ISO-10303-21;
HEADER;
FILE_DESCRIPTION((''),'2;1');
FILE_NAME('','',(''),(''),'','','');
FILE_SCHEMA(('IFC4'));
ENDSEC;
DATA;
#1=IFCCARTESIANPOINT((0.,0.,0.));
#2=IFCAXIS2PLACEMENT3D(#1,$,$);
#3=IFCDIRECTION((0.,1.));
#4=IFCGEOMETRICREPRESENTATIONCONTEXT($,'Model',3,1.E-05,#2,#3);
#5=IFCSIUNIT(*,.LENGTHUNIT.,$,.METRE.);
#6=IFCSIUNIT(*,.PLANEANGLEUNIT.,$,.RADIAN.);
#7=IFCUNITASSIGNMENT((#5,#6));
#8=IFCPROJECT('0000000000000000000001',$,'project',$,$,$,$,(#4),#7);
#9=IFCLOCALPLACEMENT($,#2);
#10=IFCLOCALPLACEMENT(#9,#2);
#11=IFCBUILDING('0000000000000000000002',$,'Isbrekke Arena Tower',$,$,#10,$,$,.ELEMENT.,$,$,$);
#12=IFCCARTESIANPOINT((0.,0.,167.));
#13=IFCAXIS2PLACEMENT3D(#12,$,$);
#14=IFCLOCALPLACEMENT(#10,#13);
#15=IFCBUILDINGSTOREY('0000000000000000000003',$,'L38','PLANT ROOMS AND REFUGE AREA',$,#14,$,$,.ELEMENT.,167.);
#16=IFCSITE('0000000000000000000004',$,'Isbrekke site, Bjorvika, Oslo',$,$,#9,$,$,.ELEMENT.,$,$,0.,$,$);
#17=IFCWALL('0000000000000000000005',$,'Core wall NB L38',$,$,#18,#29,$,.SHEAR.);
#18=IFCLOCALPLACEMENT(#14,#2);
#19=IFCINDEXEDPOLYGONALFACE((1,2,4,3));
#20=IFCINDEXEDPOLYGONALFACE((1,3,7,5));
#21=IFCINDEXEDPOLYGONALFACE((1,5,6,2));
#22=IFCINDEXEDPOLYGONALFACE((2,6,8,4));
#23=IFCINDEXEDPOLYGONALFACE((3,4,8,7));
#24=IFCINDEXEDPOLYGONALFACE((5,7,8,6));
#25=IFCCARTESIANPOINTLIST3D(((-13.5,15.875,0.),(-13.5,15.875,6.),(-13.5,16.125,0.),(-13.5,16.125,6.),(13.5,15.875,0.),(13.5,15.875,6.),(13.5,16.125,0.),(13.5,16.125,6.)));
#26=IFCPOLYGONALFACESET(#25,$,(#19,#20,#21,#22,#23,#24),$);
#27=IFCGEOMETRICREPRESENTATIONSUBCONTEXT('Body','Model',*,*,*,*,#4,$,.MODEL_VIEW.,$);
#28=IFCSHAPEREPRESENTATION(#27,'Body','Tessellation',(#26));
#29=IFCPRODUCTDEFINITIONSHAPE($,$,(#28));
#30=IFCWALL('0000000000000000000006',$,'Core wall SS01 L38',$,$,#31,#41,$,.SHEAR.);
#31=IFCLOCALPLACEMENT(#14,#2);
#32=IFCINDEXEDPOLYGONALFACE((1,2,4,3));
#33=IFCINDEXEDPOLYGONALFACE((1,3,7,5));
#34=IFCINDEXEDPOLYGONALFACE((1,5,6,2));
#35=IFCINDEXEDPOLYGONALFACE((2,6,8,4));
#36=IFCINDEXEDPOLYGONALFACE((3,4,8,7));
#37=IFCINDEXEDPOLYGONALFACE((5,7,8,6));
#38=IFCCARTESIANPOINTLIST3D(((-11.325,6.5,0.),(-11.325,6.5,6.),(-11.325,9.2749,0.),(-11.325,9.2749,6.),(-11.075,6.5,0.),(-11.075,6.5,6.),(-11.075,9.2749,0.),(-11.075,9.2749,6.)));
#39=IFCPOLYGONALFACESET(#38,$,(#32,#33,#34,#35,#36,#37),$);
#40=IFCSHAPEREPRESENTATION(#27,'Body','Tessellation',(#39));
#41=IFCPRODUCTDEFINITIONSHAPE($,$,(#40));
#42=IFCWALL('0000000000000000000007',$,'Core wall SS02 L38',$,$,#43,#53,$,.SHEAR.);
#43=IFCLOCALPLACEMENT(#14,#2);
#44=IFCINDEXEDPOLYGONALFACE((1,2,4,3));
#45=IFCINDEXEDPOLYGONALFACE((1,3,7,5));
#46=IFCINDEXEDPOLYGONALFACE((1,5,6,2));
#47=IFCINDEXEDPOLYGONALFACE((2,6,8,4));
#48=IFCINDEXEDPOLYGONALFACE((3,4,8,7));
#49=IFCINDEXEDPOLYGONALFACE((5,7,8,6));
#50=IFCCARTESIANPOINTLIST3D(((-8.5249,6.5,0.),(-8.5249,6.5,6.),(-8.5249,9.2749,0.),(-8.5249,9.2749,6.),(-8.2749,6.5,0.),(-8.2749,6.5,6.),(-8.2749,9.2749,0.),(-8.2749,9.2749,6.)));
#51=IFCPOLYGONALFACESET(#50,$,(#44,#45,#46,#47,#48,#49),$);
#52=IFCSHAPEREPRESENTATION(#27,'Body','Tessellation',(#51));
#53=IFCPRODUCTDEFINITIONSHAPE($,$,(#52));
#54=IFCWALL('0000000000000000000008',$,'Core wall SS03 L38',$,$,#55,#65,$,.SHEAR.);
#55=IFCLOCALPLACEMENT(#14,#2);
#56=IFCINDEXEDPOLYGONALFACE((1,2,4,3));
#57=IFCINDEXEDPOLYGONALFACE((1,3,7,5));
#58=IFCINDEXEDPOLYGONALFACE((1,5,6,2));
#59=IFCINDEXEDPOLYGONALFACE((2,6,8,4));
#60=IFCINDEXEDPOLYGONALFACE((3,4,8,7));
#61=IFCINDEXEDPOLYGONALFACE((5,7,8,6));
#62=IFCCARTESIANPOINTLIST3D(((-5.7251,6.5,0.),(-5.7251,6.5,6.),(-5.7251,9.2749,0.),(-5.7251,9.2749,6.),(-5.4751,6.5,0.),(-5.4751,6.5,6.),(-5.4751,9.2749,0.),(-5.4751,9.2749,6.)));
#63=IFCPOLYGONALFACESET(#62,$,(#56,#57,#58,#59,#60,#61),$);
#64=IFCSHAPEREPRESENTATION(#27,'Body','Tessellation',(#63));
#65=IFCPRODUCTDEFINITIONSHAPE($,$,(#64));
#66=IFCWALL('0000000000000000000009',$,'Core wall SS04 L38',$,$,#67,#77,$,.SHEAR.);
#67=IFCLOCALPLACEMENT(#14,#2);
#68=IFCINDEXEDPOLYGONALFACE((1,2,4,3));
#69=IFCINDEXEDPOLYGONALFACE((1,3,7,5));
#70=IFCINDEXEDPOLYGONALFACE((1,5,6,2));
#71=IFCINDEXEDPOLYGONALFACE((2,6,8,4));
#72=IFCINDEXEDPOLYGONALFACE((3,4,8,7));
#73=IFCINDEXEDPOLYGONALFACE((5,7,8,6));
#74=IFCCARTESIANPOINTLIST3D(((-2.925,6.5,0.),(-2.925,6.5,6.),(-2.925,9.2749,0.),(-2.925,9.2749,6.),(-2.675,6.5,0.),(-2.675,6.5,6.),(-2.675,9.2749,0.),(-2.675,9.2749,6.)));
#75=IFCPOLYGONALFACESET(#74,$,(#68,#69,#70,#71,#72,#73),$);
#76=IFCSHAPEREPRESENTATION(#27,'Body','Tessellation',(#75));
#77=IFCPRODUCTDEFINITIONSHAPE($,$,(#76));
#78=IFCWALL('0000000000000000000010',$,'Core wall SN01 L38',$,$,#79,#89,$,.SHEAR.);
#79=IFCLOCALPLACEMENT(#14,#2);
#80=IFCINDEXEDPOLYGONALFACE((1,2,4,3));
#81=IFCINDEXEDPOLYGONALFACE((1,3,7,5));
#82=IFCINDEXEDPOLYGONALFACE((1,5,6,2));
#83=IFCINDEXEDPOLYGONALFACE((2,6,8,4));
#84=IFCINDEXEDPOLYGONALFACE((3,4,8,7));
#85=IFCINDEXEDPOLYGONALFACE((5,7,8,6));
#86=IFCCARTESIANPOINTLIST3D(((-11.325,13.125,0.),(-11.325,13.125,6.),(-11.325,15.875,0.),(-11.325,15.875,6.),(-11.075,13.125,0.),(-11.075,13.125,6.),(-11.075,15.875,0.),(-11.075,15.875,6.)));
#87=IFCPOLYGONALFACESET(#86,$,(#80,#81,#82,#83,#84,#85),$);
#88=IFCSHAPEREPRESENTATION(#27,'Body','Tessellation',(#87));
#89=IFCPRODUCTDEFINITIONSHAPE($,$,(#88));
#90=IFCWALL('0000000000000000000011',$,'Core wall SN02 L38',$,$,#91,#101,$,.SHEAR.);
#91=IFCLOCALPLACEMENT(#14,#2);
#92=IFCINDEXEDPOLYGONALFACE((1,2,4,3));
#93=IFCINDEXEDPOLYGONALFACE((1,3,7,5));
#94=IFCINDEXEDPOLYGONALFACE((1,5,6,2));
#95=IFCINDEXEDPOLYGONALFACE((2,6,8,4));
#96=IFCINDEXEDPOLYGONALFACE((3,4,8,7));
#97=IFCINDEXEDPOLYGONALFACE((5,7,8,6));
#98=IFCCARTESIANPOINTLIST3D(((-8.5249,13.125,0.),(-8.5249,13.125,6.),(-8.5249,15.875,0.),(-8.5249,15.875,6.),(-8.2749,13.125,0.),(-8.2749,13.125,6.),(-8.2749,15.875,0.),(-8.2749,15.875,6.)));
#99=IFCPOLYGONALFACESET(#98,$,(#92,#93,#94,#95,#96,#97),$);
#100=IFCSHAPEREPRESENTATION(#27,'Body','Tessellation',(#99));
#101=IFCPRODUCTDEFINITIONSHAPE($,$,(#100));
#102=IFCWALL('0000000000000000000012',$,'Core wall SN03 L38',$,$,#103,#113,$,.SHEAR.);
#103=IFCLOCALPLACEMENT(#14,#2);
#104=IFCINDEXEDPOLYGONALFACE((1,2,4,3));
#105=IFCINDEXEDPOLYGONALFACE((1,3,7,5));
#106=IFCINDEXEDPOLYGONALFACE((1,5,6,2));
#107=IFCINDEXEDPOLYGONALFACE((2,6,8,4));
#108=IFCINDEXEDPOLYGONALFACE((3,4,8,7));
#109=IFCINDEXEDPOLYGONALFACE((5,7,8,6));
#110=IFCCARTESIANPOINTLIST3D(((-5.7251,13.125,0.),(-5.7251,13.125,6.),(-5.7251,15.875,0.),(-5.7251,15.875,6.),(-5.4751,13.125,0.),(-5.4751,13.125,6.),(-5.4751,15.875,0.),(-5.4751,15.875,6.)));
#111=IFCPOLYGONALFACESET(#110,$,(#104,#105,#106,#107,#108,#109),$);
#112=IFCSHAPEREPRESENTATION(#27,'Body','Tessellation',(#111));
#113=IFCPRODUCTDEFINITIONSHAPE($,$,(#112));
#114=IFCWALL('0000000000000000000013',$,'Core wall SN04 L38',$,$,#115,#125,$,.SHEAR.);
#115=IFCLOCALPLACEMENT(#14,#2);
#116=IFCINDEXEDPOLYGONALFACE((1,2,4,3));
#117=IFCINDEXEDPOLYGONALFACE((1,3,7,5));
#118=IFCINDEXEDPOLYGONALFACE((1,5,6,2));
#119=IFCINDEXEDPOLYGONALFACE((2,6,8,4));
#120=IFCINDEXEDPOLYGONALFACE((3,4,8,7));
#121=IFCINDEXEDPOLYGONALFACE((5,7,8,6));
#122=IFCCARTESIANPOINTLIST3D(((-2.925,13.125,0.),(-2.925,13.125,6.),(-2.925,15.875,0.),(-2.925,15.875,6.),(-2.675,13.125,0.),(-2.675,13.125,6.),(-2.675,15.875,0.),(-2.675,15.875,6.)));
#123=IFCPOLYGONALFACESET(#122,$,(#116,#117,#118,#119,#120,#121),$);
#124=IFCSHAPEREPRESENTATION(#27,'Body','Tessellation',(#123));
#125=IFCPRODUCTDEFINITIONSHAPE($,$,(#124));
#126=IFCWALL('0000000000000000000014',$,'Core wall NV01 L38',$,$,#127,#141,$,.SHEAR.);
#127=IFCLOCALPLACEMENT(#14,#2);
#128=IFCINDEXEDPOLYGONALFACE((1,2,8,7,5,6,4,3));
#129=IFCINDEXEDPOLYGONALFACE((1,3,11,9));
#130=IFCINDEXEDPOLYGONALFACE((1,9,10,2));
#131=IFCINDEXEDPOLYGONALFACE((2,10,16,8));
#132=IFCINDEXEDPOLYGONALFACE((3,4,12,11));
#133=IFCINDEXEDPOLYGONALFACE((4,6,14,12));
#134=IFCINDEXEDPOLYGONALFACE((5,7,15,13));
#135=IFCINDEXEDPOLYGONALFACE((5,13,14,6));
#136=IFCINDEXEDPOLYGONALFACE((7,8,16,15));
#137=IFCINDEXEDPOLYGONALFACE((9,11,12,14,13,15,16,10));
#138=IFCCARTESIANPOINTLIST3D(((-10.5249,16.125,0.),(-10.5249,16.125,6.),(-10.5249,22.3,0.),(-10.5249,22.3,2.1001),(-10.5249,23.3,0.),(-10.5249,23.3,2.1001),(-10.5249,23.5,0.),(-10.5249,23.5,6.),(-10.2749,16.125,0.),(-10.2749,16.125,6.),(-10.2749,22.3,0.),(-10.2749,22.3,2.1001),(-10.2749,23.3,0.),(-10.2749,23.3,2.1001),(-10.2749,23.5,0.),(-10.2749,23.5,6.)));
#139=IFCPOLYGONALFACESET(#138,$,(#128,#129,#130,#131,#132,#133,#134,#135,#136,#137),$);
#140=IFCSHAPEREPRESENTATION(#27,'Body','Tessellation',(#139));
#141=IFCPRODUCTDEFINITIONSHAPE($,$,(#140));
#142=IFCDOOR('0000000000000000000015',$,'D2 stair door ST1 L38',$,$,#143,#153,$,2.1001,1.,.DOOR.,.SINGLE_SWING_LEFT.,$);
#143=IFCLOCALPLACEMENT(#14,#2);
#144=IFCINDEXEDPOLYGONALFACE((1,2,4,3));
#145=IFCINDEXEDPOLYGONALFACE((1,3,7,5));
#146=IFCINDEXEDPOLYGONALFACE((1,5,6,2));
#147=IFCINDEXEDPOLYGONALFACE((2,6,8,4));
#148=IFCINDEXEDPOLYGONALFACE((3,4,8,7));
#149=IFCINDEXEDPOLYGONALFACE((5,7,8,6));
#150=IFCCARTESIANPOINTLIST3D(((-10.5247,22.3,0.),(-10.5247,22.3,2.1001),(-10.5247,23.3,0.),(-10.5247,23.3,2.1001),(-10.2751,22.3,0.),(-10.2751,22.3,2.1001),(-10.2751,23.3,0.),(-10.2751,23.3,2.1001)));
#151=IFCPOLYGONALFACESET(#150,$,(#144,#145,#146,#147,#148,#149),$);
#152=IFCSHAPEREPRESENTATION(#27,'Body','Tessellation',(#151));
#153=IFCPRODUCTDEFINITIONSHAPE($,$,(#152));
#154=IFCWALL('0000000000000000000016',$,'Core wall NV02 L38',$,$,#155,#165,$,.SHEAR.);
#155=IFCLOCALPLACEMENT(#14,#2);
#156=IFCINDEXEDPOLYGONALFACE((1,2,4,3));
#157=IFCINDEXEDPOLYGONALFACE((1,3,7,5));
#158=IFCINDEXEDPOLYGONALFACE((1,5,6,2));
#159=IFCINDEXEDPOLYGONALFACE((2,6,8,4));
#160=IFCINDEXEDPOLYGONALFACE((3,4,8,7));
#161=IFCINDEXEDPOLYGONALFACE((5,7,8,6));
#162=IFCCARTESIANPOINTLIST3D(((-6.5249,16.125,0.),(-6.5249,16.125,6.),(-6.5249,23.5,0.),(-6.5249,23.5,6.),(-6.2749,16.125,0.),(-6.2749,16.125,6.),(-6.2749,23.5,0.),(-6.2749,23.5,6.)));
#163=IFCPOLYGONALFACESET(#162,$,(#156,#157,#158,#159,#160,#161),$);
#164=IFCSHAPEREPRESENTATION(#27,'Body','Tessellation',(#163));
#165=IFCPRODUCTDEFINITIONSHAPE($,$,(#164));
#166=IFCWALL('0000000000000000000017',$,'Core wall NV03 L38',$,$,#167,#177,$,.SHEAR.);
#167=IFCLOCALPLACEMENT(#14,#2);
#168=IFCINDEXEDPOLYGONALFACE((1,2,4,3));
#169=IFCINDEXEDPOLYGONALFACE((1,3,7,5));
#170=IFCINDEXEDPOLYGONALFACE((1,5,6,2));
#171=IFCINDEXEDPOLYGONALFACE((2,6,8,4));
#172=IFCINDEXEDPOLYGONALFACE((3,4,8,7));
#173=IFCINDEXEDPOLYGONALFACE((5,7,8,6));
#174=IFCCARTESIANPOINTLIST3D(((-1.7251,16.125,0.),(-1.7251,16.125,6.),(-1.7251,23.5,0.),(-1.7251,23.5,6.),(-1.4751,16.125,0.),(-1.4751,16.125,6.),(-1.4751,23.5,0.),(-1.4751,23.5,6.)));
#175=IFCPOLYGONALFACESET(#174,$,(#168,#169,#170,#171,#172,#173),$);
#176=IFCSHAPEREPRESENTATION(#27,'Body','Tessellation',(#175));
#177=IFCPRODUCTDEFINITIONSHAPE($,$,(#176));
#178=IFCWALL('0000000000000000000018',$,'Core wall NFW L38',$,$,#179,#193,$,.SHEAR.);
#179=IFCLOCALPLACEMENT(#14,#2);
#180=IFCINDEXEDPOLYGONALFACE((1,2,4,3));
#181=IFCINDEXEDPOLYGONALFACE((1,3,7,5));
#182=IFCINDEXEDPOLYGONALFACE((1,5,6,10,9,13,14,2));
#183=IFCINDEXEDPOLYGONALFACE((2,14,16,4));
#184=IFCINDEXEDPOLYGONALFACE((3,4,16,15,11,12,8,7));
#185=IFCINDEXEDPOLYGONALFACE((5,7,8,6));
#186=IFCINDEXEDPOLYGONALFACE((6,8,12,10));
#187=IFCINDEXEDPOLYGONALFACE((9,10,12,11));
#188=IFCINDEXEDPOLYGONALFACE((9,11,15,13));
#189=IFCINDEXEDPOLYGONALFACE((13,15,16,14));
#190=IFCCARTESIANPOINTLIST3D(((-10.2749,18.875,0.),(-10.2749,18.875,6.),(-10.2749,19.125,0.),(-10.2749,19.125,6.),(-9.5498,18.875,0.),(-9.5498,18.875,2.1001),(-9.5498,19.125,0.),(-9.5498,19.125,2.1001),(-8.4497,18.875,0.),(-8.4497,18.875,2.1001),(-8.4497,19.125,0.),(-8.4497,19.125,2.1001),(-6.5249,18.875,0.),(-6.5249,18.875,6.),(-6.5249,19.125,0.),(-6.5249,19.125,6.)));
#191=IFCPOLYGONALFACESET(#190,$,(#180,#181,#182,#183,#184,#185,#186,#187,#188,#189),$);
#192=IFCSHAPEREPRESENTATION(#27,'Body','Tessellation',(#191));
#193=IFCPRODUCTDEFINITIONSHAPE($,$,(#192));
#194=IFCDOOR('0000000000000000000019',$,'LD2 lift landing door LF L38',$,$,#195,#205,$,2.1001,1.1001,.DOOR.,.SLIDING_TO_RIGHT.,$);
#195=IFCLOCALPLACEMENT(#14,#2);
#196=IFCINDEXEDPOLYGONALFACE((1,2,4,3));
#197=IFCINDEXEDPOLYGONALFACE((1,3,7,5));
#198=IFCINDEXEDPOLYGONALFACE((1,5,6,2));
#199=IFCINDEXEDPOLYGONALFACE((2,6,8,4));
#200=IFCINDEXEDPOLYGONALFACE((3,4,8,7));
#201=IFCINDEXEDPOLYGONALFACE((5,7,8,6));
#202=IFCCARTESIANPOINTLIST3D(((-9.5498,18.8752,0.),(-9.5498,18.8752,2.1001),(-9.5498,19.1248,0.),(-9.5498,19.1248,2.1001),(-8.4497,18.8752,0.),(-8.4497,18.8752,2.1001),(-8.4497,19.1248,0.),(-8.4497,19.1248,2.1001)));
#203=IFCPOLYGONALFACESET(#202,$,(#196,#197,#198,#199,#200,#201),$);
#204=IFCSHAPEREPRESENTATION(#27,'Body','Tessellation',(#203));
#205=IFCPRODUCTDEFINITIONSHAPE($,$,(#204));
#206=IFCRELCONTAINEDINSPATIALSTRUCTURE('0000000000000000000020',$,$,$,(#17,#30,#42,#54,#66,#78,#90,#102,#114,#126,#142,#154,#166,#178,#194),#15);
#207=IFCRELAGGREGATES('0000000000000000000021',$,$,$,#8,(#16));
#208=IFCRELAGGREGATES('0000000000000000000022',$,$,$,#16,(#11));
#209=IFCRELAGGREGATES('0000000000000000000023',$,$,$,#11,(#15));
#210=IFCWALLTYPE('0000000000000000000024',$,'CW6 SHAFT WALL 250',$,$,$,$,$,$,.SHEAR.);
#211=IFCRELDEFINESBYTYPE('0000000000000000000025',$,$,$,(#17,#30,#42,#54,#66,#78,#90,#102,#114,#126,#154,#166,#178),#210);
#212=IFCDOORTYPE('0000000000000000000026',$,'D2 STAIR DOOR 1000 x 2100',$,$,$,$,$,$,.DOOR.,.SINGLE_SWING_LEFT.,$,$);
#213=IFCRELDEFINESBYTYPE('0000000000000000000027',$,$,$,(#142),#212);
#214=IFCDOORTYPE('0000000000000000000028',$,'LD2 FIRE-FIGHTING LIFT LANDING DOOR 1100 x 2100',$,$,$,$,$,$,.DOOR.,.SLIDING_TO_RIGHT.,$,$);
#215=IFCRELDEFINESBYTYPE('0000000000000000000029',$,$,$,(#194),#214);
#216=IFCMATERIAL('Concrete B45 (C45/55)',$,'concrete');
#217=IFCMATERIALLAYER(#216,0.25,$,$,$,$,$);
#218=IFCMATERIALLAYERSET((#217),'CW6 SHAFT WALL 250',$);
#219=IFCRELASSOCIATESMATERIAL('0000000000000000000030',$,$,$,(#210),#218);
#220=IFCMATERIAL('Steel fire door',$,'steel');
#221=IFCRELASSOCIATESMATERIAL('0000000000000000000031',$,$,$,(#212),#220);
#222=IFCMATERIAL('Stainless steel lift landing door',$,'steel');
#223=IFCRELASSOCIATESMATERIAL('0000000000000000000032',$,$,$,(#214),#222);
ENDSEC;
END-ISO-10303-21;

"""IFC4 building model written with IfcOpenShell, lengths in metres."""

from ifc_helpers import new_model, si_unit, direction, frame, frame_2d, origin, place, context, subcontext, project, spatial, rectangle, extrude, material, layer, layer_set, type_object, element, fill, save


model = new_model("IFC4")

# Units and contexts
model_context = context("Model", 3, precision=1e-05, world=origin(), true_north=direction((0.0, 1.0)))
body_context = subcontext(model_context, "Body", "Model", "MODEL_VIEW")
ifc_project = project(units=[si_unit("LENGTHUNIT", "METRE"), si_unit("PLANEANGLEUNIT", "RADIAN")], contexts=[model_context])

# Site, building, storey
site_placement = place(None, origin())
site = spatial("IfcSite", under=ifc_project, at=site_placement, Name="Isbrekke site, Bjorvika, Oslo", CompositionType="ELEMENT", RefElevation=0.0)
building_placement = place(site_placement, origin())
building = spatial("IfcBuilding", under=site, at=building_placement, Name="Isbrekke Arena Tower", CompositionType="ELEMENT")
storey_placement = place(building_placement, frame((0.0, 0.0, 167.0)))
storey = spatial("IfcBuildingStorey", under=building, at=storey_placement, Name="L38", Description="PLANT ROOMS AND REFUGE AREA", CompositionType="ELEMENT", Elevation=167.0)

# Walls
ifc_material_1 = material(Name="Concrete B45 (C45/55)", Category="concrete")
ifc_layer_1 = layer(ifc_material_1, 0.25)
ifc_layer_set_1 = layer_set([ifc_layer_1], Name="CW6 SHAFT WALL 250")
wall_type_1 = type_object("IfcWallType", Name="CW6 SHAFT WALL 250", PredefinedType="SHEAR", material=ifc_layer_set_1)
for number, where, z_axis, x_axis, name in (
    (1, (-13.5, 16.0, 0.0), (0.0, 0.0, 1.0), (1.0, 0.0, 0.0), "Core wall NB L38"),
):
    element("IfcWall", number, at=place(storey_placement, frame(where, z_axis=z_axis, x_axis=x_axis)), inside=storey, type_object=wall_type_1, Name=name, PredefinedType="SHEAR", context=body_context, shape_type="SweptSolid", body=[
        extrude(rectangle(XDim=27.0, YDim=0.25, at=frame_2d((13.5, 0.0))), origin(), (0.0, 0.0, 1.0), 6.0),
    ])
for number, where, z_axis, x_axis, name in (
    (2, (-11.2, 6.5, 0.0), (0.0, 0.0, 1.0), (0.0, 1.0, 0.0), "Core wall SS01 L38"),
    (3, (-8.3999, 6.5, 0.0), (0.0, 0.0, 1.0), (0.0, 1.0, 0.0), "Core wall SS02 L38"),
    (4, (-5.6001, 6.5, 0.0), (0.0, 0.0, 1.0), (0.0, 1.0, 0.0), "Core wall SS03 L38"),
    (5, (-2.8, 6.5, 0.0), (0.0, 0.0, 1.0), (0.0, 1.0, 0.0), "Core wall SS04 L38"),
):
    element("IfcWall", number, at=place(storey_placement, frame(where, z_axis=z_axis, x_axis=x_axis)), inside=storey, type_object=wall_type_1, Name=name, PredefinedType="SHEAR", context=body_context, shape_type="SweptSolid", body=[
        extrude(rectangle(XDim=2.7749, YDim=0.25, at=frame_2d((1.3875, 0.0))), origin(), (0.0, 0.0, 1.0), 6.0),
    ])
for number, where, z_axis, x_axis, name in (
    (6, (-11.2, 13.125, 0.0), (0.0, 0.0, 1.0), (0.0, 1.0, 0.0), "Core wall SN01 L38"),
    (7, (-8.3999, 13.125, 0.0), (0.0, 0.0, 1.0), (0.0, 1.0, 0.0), "Core wall SN02 L38"),
    (8, (-5.6001, 13.125, 0.0), (0.0, 0.0, 1.0), (0.0, 1.0, 0.0), "Core wall SN03 L38"),
    (9, (-2.8, 13.125, 0.0), (0.0, 0.0, 1.0), (0.0, 1.0, 0.0), "Core wall SN04 L38"),
):
    element("IfcWall", number, at=place(storey_placement, frame(where, z_axis=z_axis, x_axis=x_axis)), inside=storey, type_object=wall_type_1, Name=name, PredefinedType="SHEAR", context=body_context, shape_type="SweptSolid", body=[
        extrude(rectangle(XDim=2.75, YDim=0.25, at=frame_2d((1.375, 0.0))), origin(), (0.0, 0.0, 1.0), 6.0),
    ])

# Wall, opening, door
wall_1_placement = place(storey_placement, frame((-10.3999, 16.125, 0.0), z_axis=(0.0, 0.0, 1.0), x_axis=(0.0, 1.0, 0.0)))
wall_1 = element("IfcWall", 10, at=wall_1_placement, inside=storey, type_object=wall_type_1, Name="Core wall NV01 L38", PredefinedType="SHEAR", context=body_context, shape_type="SweptSolid", body=[
    extrude(rectangle(XDim=7.375, YDim=0.25, at=frame_2d((3.6875, 0.0))), origin(), (0.0, 0.0, 1.0), 6.0),
])
opening_1_placement = place(wall_1_placement, frame((6.175, 0.0, 0.0)))
opening_1 = element("IfcOpeningElement", 11, at=opening_1_placement, cuts=wall_1, PredefinedType="OPENING", context=body_context, shape_type="SweptSolid", body=[
    extrude(rectangle(XDim=1.0, YDim=2.1001, at=frame_2d((0.5, 1.05))), frame((0.0, 0.1399, 0.0), z_axis=(0.0, -1.0, 0.0), x_axis=(1.0, 0.0, 0.0)), (0.0, 0.0, 1.0), 0.2798),
])
ifc_material_2 = material(Name="Steel fire door", Category="steel")
door_type_1 = type_object("IfcDoorType", Name="D2 STAIR DOOR 1000 x 2100", OperationType="SINGLE_SWING_LEFT", PredefinedType="DOOR", material=ifc_material_2)
door_1_placement = place(opening_1_placement, origin())
door_1 = element("IfcDoor", 12, at=door_1_placement, inside=storey, type_object=door_type_1, Name="D2 stair door ST1 L38", OperationType="SINGLE_SWING_LEFT", OverallHeight=2.1001, OverallWidth=1.0, PredefinedType="DOOR", context=body_context, shape_type="SweptSolid", body=[
    extrude(rectangle(XDim=1.0, YDim=2.1001, at=frame_2d((0.5, 1.05))), frame((0.0, 0.1248, 0.0), z_axis=(0.0, -1.0, 0.0), x_axis=(1.0, 0.0, 0.0)), (0.0, 0.0, 1.0), 0.2495),
])
fill(opening_1, door_1)

# Walls
for number, where, z_axis, x_axis, name in (
    (13, (-6.3999, 16.125, 0.0), (0.0, 0.0, 1.0), (0.0, 1.0, 0.0), "Core wall NV02 L38"),
    (14, (-1.6001, 16.125, 0.0), (0.0, 0.0, 1.0), (0.0, 1.0, 0.0), "Core wall NV03 L38"),
):
    element("IfcWall", number, at=place(storey_placement, frame(where, z_axis=z_axis, x_axis=x_axis)), inside=storey, type_object=wall_type_1, Name=name, PredefinedType="SHEAR", context=body_context, shape_type="SweptSolid", body=[
        extrude(rectangle(XDim=7.375, YDim=0.25, at=frame_2d((3.6875, 0.0))), origin(), (0.0, 0.0, 1.0), 6.0),
    ])

# Wall, opening, door
wall_2_placement = place(storey_placement, frame((-10.2749, 19.0, 0.0), z_axis=(0.0, 0.0, 1.0), x_axis=(1.0, 0.0, 0.0)))
wall_2 = element("IfcWall", 15, at=wall_2_placement, inside=storey, type_object=wall_type_1, Name="Core wall NFW L38", PredefinedType="SHEAR", context=body_context, shape_type="SweptSolid", body=[
    extrude(rectangle(XDim=3.75, YDim=0.25, at=frame_2d((1.875, 0.0))), origin(), (0.0, 0.0, 1.0), 6.0),
])
opening_2_placement = place(wall_2_placement, frame((0.7251, 0.0, 0.0)))
opening_2 = element("IfcOpeningElement", 16, at=opening_2_placement, cuts=wall_2, PredefinedType="OPENING", context=body_context, shape_type="SweptSolid", body=[
    extrude(rectangle(XDim=1.1001, YDim=2.1001, at=frame_2d((0.55, 1.05))), frame((0.0, 0.1399, 0.0), z_axis=(0.0, -1.0, 0.0), x_axis=(1.0, 0.0, 0.0)), (0.0, 0.0, 1.0), 0.2798),
])
ifc_material_3 = material(Name="Stainless steel lift landing door", Category="steel")
door_type_2 = type_object("IfcDoorType", Name="LD2 FIRE-FIGHTING LIFT LANDING DOOR 1100 x 2100", OperationType="SLIDING_TO_RIGHT", PredefinedType="DOOR", material=ifc_material_3)
door_2_placement = place(opening_2_placement, origin())
door_2 = element("IfcDoor", 17, at=door_2_placement, inside=storey, type_object=door_type_2, Name="LD2 lift landing door LF L38", OperationType="SLIDING_TO_RIGHT", OverallHeight=2.1001, OverallWidth=1.1001, PredefinedType="DOOR", context=body_context, shape_type="SweptSolid", body=[
    extrude(rectangle(XDim=1.1001, YDim=2.1001, at=frame_2d((0.55, 1.05))), frame((0.0, 0.1248, 0.0), z_axis=(0.0, -1.0, 0.0), x_axis=(1.0, 0.0, 0.0)), (0.0, 0.0, 1.0), 0.2495),
])
fill(opening_2, door_2)

save(model, "model.ifc")
